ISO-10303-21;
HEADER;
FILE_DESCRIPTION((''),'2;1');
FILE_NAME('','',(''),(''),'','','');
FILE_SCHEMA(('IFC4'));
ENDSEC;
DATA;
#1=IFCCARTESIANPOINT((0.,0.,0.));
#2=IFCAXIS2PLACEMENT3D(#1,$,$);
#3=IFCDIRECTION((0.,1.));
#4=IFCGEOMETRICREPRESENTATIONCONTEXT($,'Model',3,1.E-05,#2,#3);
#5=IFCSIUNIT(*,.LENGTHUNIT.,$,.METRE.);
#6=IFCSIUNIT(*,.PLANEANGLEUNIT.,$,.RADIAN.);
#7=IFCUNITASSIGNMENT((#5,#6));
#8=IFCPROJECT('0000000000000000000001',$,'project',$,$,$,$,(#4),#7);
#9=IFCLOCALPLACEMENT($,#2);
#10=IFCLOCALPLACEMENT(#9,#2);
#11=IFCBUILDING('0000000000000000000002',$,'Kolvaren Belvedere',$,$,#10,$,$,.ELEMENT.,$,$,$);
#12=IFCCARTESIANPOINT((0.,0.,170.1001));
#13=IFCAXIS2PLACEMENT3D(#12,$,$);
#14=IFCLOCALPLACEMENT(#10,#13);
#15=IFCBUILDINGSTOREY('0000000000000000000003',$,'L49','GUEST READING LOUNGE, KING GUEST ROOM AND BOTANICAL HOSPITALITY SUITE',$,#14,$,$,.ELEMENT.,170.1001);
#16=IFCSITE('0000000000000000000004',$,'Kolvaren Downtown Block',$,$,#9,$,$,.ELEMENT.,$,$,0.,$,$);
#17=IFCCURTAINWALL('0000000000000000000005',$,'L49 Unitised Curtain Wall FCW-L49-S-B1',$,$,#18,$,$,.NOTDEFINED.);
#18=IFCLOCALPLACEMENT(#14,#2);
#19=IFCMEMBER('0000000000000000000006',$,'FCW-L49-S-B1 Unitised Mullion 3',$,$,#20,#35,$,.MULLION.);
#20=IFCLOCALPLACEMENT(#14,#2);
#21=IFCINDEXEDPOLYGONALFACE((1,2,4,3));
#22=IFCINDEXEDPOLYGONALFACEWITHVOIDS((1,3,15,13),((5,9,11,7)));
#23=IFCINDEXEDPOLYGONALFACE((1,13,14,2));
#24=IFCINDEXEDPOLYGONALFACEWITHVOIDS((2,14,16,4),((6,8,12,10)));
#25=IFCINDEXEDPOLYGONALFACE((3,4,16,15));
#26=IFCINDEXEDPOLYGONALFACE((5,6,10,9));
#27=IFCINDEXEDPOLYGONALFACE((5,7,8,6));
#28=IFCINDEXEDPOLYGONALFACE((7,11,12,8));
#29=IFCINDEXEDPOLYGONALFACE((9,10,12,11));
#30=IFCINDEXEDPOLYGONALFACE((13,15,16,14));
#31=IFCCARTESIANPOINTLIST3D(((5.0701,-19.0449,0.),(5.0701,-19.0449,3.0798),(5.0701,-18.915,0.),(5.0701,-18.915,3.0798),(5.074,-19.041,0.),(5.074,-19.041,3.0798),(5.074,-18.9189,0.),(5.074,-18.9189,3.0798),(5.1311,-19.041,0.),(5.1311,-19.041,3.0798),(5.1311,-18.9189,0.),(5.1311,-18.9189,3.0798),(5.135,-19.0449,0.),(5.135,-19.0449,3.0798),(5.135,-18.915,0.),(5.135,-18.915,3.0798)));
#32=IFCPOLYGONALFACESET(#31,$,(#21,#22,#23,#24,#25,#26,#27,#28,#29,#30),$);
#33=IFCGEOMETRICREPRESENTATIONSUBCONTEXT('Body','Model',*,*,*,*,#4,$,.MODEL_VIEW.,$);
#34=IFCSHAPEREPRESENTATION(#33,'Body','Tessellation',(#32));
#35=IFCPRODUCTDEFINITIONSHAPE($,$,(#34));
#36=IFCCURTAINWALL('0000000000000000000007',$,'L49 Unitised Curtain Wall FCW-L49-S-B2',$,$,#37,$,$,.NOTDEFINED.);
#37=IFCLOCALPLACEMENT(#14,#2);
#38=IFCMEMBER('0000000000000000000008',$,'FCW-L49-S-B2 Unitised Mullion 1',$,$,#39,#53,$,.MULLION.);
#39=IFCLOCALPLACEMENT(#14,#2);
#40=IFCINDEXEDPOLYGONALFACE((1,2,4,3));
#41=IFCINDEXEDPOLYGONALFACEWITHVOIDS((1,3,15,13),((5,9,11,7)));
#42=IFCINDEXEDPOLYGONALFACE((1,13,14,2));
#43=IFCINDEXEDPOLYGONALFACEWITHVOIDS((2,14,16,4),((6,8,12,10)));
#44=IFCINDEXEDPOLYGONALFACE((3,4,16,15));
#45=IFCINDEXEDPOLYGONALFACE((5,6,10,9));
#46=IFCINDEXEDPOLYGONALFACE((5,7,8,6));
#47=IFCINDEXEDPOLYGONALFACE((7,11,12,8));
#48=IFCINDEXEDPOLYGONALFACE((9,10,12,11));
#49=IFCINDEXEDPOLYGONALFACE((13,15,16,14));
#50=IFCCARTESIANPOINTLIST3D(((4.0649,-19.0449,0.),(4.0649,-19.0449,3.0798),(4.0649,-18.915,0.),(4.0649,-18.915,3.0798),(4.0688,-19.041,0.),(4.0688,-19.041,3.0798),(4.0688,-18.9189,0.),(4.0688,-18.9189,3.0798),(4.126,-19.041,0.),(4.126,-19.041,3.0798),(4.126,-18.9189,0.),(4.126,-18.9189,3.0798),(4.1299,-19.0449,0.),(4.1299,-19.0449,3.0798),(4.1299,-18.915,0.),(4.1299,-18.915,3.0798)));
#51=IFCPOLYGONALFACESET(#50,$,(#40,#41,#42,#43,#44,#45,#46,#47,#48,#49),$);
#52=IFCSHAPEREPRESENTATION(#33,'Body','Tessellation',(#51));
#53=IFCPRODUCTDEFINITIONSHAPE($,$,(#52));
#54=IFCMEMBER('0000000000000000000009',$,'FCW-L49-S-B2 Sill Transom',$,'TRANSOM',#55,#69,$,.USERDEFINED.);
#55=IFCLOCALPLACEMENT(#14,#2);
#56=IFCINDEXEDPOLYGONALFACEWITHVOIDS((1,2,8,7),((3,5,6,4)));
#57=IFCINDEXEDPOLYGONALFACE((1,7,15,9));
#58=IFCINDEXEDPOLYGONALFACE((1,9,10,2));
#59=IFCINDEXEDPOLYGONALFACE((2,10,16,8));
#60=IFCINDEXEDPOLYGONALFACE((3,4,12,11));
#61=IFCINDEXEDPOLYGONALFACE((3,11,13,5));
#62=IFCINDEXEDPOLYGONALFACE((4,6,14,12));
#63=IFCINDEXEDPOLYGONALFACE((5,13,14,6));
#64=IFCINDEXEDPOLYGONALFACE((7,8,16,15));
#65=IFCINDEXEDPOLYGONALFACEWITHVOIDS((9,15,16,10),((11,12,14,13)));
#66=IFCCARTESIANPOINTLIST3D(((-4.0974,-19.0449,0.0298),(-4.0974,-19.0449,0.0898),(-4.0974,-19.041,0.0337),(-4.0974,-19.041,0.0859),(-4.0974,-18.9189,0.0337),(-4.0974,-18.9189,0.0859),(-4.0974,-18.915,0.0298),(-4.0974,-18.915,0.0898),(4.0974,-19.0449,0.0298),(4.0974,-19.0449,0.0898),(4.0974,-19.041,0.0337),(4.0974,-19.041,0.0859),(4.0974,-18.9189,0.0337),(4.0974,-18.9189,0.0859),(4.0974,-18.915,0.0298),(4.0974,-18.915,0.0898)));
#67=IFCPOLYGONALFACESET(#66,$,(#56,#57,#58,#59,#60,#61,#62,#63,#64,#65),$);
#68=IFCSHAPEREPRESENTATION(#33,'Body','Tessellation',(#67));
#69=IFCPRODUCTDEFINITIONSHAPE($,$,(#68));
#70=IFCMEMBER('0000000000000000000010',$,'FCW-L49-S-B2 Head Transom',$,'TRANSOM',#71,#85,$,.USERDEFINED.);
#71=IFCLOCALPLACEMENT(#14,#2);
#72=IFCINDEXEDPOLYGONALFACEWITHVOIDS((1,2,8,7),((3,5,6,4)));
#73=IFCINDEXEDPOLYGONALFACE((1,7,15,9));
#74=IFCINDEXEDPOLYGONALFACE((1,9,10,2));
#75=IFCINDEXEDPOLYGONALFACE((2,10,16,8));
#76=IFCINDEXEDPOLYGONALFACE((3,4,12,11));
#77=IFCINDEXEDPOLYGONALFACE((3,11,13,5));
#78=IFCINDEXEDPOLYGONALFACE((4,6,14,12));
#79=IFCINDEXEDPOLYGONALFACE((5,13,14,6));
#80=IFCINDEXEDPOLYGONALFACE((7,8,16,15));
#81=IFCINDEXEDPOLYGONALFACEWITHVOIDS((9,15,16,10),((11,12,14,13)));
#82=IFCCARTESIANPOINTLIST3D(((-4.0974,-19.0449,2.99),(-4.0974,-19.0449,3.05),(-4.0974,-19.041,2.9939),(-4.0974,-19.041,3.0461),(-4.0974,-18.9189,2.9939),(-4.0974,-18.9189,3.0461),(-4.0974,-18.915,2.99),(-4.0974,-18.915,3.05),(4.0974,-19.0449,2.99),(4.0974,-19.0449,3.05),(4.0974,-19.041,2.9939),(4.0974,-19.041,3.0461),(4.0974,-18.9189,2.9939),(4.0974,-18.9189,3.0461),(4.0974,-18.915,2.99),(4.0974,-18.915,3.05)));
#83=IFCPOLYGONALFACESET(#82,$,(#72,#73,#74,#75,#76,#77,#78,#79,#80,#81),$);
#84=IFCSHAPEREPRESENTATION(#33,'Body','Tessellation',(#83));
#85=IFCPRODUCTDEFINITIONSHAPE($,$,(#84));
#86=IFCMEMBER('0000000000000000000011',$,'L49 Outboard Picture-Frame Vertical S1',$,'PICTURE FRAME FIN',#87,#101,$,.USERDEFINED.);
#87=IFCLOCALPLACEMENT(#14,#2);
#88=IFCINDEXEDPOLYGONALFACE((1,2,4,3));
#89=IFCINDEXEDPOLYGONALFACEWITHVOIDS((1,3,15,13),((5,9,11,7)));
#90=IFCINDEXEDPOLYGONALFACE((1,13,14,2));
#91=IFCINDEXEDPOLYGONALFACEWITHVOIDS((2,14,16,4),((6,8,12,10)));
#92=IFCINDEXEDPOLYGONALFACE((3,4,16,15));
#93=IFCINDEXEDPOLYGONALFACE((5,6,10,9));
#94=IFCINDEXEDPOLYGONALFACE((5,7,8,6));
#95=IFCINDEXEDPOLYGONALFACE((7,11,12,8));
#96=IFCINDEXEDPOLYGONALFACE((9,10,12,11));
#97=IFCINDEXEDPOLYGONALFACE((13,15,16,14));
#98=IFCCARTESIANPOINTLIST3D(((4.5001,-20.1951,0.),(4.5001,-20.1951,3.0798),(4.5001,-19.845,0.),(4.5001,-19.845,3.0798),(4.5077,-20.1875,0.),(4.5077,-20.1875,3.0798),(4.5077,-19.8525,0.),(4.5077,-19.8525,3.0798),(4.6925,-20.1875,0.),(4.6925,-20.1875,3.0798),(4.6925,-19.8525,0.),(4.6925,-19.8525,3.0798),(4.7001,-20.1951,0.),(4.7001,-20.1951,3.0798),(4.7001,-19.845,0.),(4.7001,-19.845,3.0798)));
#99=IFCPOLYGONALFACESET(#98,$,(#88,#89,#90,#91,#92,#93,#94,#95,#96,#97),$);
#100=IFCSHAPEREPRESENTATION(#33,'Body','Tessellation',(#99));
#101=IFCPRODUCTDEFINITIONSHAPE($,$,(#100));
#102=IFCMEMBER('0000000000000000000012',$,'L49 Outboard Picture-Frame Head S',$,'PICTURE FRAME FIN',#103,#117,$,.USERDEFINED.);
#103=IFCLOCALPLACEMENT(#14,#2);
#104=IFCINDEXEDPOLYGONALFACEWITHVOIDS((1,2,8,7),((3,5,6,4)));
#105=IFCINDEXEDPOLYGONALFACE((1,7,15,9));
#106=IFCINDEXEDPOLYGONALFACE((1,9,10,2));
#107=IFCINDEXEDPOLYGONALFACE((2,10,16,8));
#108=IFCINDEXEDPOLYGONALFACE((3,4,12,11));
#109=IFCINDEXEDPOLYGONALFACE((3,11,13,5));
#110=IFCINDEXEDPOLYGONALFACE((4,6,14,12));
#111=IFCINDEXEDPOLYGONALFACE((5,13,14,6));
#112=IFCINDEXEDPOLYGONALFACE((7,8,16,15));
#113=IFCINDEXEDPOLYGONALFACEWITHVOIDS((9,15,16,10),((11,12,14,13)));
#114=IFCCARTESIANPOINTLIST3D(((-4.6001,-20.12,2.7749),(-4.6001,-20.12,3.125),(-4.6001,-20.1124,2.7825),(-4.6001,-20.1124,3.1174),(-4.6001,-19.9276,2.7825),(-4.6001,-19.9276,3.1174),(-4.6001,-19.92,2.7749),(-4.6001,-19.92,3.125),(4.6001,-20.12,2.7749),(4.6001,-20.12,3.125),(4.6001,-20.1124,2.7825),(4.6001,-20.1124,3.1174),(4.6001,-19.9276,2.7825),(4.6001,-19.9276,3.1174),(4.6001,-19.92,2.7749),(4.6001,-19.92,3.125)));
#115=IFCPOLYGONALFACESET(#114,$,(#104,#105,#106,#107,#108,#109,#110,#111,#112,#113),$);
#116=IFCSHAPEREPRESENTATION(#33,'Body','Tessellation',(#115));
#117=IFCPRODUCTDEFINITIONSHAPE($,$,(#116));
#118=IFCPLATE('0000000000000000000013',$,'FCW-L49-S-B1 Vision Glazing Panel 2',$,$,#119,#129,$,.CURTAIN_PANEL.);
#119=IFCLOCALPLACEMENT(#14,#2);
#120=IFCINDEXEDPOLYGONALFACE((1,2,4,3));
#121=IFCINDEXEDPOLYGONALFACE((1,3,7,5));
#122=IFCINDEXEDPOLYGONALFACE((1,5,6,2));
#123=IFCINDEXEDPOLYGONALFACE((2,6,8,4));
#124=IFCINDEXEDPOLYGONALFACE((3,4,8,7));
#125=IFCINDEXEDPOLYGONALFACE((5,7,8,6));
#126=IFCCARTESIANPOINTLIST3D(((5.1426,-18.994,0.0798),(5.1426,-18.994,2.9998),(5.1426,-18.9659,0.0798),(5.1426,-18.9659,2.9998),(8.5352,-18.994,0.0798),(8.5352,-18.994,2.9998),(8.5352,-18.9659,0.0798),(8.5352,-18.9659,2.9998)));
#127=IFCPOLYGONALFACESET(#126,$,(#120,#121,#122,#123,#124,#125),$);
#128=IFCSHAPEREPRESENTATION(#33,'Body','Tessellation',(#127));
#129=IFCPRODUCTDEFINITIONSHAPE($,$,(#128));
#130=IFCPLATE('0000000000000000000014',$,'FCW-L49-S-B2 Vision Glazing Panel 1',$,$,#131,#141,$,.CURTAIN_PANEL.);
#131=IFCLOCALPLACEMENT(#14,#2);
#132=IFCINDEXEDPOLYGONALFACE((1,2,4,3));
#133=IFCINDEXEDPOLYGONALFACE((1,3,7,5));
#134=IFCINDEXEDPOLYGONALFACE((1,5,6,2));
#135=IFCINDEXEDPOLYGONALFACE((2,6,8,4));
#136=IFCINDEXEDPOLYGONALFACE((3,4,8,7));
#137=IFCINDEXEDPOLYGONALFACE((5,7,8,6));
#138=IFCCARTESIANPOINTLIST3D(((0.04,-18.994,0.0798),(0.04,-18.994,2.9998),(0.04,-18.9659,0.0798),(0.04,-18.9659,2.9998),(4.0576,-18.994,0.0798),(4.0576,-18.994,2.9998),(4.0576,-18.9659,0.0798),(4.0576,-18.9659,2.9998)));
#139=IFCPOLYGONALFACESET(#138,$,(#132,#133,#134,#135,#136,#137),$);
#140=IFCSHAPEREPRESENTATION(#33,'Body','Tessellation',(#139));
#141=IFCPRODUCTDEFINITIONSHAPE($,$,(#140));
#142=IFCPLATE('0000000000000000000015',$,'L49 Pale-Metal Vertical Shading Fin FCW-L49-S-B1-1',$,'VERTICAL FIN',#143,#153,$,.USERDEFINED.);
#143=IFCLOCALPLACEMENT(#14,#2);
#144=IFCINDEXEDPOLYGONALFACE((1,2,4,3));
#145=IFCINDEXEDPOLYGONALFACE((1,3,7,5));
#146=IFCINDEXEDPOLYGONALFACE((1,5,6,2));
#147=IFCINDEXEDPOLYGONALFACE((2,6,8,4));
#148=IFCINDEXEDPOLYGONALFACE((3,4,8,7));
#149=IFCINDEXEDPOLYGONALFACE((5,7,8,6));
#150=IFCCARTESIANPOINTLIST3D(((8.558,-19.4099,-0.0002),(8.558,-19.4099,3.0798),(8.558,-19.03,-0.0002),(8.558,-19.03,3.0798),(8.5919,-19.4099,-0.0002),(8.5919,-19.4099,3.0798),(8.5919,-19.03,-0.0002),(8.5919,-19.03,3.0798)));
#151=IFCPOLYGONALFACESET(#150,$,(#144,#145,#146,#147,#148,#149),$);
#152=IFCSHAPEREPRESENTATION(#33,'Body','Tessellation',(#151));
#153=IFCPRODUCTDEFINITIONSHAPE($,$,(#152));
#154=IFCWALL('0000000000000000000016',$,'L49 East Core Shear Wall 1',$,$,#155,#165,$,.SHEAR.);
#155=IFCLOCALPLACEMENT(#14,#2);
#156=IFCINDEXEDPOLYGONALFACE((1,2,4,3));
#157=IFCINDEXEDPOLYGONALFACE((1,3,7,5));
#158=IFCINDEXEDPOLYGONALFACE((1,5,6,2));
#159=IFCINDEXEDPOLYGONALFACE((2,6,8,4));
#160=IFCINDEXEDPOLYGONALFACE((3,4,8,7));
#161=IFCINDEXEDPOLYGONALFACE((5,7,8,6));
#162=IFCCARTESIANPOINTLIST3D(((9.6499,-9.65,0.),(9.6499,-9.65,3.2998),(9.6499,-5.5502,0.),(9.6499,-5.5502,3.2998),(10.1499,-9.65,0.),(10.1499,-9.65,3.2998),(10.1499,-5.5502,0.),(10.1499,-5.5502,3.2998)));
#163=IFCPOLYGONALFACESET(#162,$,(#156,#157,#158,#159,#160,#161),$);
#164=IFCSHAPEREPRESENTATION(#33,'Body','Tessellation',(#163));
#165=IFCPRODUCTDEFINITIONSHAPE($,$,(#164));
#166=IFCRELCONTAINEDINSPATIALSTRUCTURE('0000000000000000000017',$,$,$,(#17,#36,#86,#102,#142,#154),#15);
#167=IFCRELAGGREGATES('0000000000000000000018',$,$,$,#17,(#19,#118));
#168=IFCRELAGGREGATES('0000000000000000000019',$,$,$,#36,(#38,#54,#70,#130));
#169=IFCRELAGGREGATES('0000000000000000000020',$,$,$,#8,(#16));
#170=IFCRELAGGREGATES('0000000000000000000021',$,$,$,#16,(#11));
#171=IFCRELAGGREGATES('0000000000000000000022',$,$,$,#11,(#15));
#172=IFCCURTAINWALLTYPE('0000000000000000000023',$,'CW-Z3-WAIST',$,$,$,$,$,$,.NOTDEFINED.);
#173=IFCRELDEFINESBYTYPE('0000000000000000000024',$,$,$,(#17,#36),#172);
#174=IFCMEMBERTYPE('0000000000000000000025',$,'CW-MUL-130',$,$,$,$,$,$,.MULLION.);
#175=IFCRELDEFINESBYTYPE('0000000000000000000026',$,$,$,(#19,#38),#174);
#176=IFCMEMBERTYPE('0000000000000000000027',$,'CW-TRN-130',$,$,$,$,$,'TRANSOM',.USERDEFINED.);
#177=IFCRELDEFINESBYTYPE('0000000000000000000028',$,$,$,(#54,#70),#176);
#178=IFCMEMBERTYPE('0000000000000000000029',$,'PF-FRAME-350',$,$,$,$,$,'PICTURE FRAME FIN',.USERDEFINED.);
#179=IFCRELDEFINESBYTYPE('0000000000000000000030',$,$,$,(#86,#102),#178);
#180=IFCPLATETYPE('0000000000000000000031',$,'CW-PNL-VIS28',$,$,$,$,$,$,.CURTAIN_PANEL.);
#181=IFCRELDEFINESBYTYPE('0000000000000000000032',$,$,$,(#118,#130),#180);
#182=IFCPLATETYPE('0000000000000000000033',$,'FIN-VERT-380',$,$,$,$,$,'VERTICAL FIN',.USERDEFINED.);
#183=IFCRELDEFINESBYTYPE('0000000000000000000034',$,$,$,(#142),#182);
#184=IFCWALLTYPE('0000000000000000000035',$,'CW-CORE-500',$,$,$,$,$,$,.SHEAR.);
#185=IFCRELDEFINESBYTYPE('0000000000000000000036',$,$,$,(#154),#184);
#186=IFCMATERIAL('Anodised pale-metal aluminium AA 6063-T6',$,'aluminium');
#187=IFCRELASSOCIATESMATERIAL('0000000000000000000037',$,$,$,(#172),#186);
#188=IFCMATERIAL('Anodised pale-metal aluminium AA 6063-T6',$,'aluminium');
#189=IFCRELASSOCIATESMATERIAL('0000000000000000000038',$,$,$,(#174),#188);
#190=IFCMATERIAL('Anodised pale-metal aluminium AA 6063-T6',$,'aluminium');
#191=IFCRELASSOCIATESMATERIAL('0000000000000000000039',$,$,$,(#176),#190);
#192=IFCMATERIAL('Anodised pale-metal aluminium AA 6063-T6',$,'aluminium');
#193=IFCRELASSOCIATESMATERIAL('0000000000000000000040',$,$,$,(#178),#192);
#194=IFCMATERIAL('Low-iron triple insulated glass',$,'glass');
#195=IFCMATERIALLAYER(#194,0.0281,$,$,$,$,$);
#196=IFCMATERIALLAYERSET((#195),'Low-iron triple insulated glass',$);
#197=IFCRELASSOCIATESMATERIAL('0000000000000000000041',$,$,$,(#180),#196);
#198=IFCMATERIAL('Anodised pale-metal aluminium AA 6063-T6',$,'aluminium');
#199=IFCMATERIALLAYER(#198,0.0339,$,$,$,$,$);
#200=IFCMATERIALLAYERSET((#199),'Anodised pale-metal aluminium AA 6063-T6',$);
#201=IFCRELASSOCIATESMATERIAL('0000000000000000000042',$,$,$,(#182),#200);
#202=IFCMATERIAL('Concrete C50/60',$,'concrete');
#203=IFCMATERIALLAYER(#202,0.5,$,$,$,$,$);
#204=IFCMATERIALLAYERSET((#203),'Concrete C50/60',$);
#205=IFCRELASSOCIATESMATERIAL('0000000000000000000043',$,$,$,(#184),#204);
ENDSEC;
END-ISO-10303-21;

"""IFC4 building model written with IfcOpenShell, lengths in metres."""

from ifc_helpers import new_model, si_unit, direction, frame, frame_2d, origin, origin_2d, place, context, subcontext, project, spatial, rectangle, hollow_rectangle, extrude, material, layer, layer_set, material_profile, profile_set, type_object, element, aggregate, save


model = new_model("IFC4")

# Units and contexts
model_context = context("Model", 3, precision=1e-05, world=origin(), true_north=direction((0.0, 1.0)))
body_context = subcontext(model_context, "Body", "Model", "MODEL_VIEW")
ifc_project = project(units=[si_unit("LENGTHUNIT", "METRE"), si_unit("PLANEANGLEUNIT", "RADIAN")], contexts=[model_context])

# Site, building, storey
site_placement = place(None, origin())
site = spatial("IfcSite", under=ifc_project, at=site_placement, Name="Kolvaren Downtown Block", CompositionType="ELEMENT", RefElevation=0.0)
building_placement = place(site_placement, origin())
building = spatial("IfcBuilding", under=site, at=building_placement, Name="Kolvaren Belvedere", CompositionType="ELEMENT")
storey_placement = place(building_placement, frame((0.0, 0.0, 170.1001)))
storey = spatial("IfcBuildingStorey", under=building, at=storey_placement, Name="L49", Description="GUEST READING LOUNGE, KING GUEST ROOM AND BOTANICAL HOSPITALITY SUITE", CompositionType="ELEMENT", Elevation=170.1001)

# Curtain walls, members
ifc_material_1 = material(Name="Anodised pale-metal aluminium AA 6063-T6", Category="aluminium")
curtain_wall_type = type_object("IfcCurtainWallType", Name="CW-Z3-WAIST", PredefinedType="NOTDEFINED", material=ifc_material_1)
curtain_wall_1_placement = place(storey_placement, origin())
curtain_wall_1 = element("IfcCurtainWall", 1, at=curtain_wall_1_placement, inside=storey, type_object=curtain_wall_type, Name="L49 Unitised Curtain Wall FCW-L49-S-B1", PredefinedType="NOTDEFINED")
ifc_material_2 = material(Name="Anodised pale-metal aluminium AA 6063-T6", Category="aluminium")
ifc_material_profile_1 = material_profile(ifc_material_2, hollow_rectangle(XDim=0.0649, YDim=0.1299, WallThickness=0.0039, at=origin_2d()), Name="ALU-MUL-130X65")
ifc_profile_set_1 = profile_set([ifc_material_profile_1], Name="Anodised pale-metal aluminium AA 6063-T6")
member_type_1 = type_object("IfcMemberType", Name="CW-MUL-130", PredefinedType="MULLION", material=ifc_profile_set_1)
member_1_placement = place(storey_placement, frame((5.1025, -18.98, 0.0), z_axis=(0.0, 0.0, 1.0), x_axis=(1.0, 0.0, 0.0)))
member_1 = element("IfcMember", 2, at=member_1_placement, type_object=member_type_1, Name="FCW-L49-S-B1 Unitised Mullion 3", PredefinedType="MULLION", context=body_context, shape_type="SweptSolid", body=[
    extrude(hollow_rectangle(XDim=0.0649, YDim=0.1299, WallThickness=0.0039, at=origin_2d()), origin(), (0.0, 0.0, 1.0), 3.0798),
])
curtain_wall_2_placement = place(storey_placement, origin())
curtain_wall_2 = element("IfcCurtainWall", 3, at=curtain_wall_2_placement, inside=storey, type_object=curtain_wall_type, Name="L49 Unitised Curtain Wall FCW-L49-S-B2", PredefinedType="NOTDEFINED")
member_2_placement = place(storey_placement, frame((4.0974, -18.98, 0.0), z_axis=(0.0, 0.0, 1.0), x_axis=(1.0, 0.0, 0.0)))
member_2 = element("IfcMember", 4, at=member_2_placement, type_object=member_type_1, Name="FCW-L49-S-B2 Unitised Mullion 1", PredefinedType="MULLION", context=body_context, shape_type="SweptSolid", body=[
    extrude(hollow_rectangle(XDim=0.0649, YDim=0.1299, WallThickness=0.0039, at=origin_2d()), origin(), (0.0, 0.0, 1.0), 3.0798),
])
ifc_material_3 = material(Name="Anodised pale-metal aluminium AA 6063-T6", Category="aluminium")
ifc_material_profile_2 = material_profile(ifc_material_3, hollow_rectangle(XDim=0.0601, YDim=0.1299, WallThickness=0.0039, at=origin_2d()), Name="ALU-TRN-130X60")
ifc_profile_set_2 = profile_set([ifc_material_profile_2], Name="Anodised pale-metal aluminium AA 6063-T6")
member_type_2 = type_object("IfcMemberType", Name="CW-TRN-130", ElementType="TRANSOM", PredefinedType="USERDEFINED", material=ifc_profile_set_2)
member_3_placement = place(storey_placement, frame((4.0974, -18.98, 0.0598), z_axis=(-1.0, 0.0, 0.0), x_axis=(0.0, 0.0, 1.0)))
member_3 = element("IfcMember", 5, at=member_3_placement, type_object=member_type_2, Name="FCW-L49-S-B2 Sill Transom", ObjectType="TRANSOM", PredefinedType="USERDEFINED", context=body_context, shape_type="SweptSolid", body=[
    extrude(hollow_rectangle(XDim=0.0601, YDim=0.1299, WallThickness=0.0039, at=origin_2d()), origin(), (0.0, 0.0, 1.0), 8.1948),
])
member_4_placement = place(storey_placement, frame((4.0974, -18.98, 3.02), z_axis=(-1.0, 0.0, 0.0), x_axis=(0.0, 0.0, 1.0)))
member_4 = element("IfcMember", 6, at=member_4_placement, type_object=member_type_2, Name="FCW-L49-S-B2 Head Transom", ObjectType="TRANSOM", PredefinedType="USERDEFINED", context=body_context, shape_type="SweptSolid", body=[
    extrude(hollow_rectangle(XDim=0.0601, YDim=0.1299, WallThickness=0.0039, at=origin_2d()), origin(), (0.0, 0.0, 1.0), 8.1948),
])

# Members
ifc_material_4 = material(Name="Anodised pale-metal aluminium AA 6063-T6", Category="aluminium")
ifc_material_profile_3 = material_profile(ifc_material_4, hollow_rectangle(XDim=0.2, YDim=0.3501, WallThickness=0.0076, at=origin_2d()), Name="ALU-PF-350X200")
ifc_profile_set_3 = profile_set([ifc_material_profile_3], Name="Anodised pale-metal aluminium AA 6063-T6")
member_type_3 = type_object("IfcMemberType", Name="PF-FRAME-350", ElementType="PICTURE FRAME FIN", PredefinedType="USERDEFINED", material=ifc_profile_set_3)
member_5_placement = place(storey_placement, frame((4.6001, -20.02, 0.0), z_axis=(0.0, 0.0, 1.0), x_axis=(1.0, 0.0, 0.0)))
element("IfcMember", 7, at=member_5_placement, inside=storey, type_object=member_type_3, Name="L49 Outboard Picture-Frame Vertical S1", ObjectType="PICTURE FRAME FIN", PredefinedType="USERDEFINED", context=body_context, shape_type="SweptSolid", body=[
    extrude(hollow_rectangle(XDim=0.2, YDim=0.3501, WallThickness=0.0076, at=origin_2d()), origin(), (0.0, 0.0, 1.0), 3.0798),
])
member_6_placement = place(storey_placement, frame((4.6001, -20.02, 2.95), z_axis=(-1.0, 0.0, 0.0), x_axis=(0.0, -1.0, 0.0)))
element("IfcMember", 8, at=member_6_placement, inside=storey, type_object=member_type_3, Name="L49 Outboard Picture-Frame Head S", ObjectType="PICTURE FRAME FIN", PredefinedType="USERDEFINED", context=body_context, shape_type="SweptSolid", body=[
    extrude(hollow_rectangle(XDim=0.2, YDim=0.3501, WallThickness=0.0076, at=origin_2d()), origin(), (0.0, 0.0, 1.0), 9.2002),
])

# Plates
ifc_material_5 = material(Name="Low-iron triple insulated glass", Category="glass")
ifc_layer_1 = layer(ifc_material_5, 0.0281)
ifc_layer_set_1 = layer_set([ifc_layer_1], Name="Low-iron triple insulated glass")
plate_type_1 = type_object("IfcPlateType", Name="CW-PNL-VIS28", PredefinedType="CURTAIN_PANEL", material=ifc_layer_set_1)
plate_1_placement = place(storey_placement, frame((6.8389, -18.98, 0.0798), z_axis=(0.0, 0.0, 1.0), x_axis=(-1.0, 0.0, 0.0)))
plate_1 = element("IfcPlate", 9, at=plate_1_placement, type_object=plate_type_1, Name="FCW-L49-S-B1 Vision Glazing Panel 2", PredefinedType="CURTAIN_PANEL", context=body_context, shape_type="SweptSolid", body=[
    extrude(rectangle(XDim=3.3926, YDim=0.0281, at=origin_2d()), origin(), (0.0, 0.0, 1.0), 2.9199),
])
aggregate(curtain_wall_1, [member_1, plate_1])
plate_2_placement = place(storey_placement, frame((2.0488, -18.98, 0.0798), z_axis=(0.0, 0.0, 1.0), x_axis=(-1.0, 0.0, 0.0)))
plate_2 = element("IfcPlate", 10, at=plate_2_placement, type_object=plate_type_1, Name="FCW-L49-S-B2 Vision Glazing Panel 1", PredefinedType="CURTAIN_PANEL", context=body_context, shape_type="SweptSolid", body=[
    extrude(rectangle(XDim=4.0176, YDim=0.0281, at=origin_2d()), origin(), (0.0, 0.0, 1.0), 2.9199),
])
aggregate(curtain_wall_2, [member_2, member_3, member_4, plate_2])
ifc_material_6 = material(Name="Anodised pale-metal aluminium AA 6063-T6", Category="aluminium")
ifc_layer_2 = layer(ifc_material_6, 0.0339)
ifc_layer_set_2 = layer_set([ifc_layer_2], Name="Anodised pale-metal aluminium AA 6063-T6")
plate_type_2 = type_object("IfcPlateType", Name="FIN-VERT-380", ElementType="VERTICAL FIN", PredefinedType="USERDEFINED", material=ifc_layer_set_2)
plate_3_placement = place(storey_placement, frame((8.575, -19.22, -0.0002), z_axis=(0.0, 0.0, 1.0), x_axis=(0.0, 1.0, 0.0)))
element("IfcPlate", 11, at=plate_3_placement, inside=storey, type_object=plate_type_2, Name="L49 Pale-Metal Vertical Shading Fin FCW-L49-S-B1-1", ObjectType="VERTICAL FIN", PredefinedType="USERDEFINED", context=body_context, shape_type="SweptSolid", body=[
    extrude(rectangle(XDim=0.3799, YDim=0.0339, at=origin_2d()), origin(), (0.0, 0.0, 1.0), 3.0801),
])

# Wall
ifc_material_7 = material(Name="Concrete C50/60", Category="concrete")
ifc_layer_3 = layer(ifc_material_7, 0.5)
ifc_layer_set_3 = layer_set([ifc_layer_3], Name="Concrete C50/60")
wall_type_1 = type_object("IfcWallType", Name="CW-CORE-500", PredefinedType="SHEAR", material=ifc_layer_set_3)
wall_1_placement = place(storey_placement, frame((9.8999, -9.6499, 0.0), z_axis=(0.0, 0.0, 1.0), x_axis=(0.0, 1.0, 0.0)))
element("IfcWall", 12, at=wall_1_placement, inside=storey, type_object=wall_type_1, Name="L49 East Core Shear Wall 1", PredefinedType="SHEAR", context=body_context, shape_type="SweptSolid", body=[
    extrude(rectangle(XDim=4.0999, YDim=0.5, at=frame_2d((2.0498, 0.0))), origin(), (0.0, 0.0, 1.0), 3.2998),
])

save(model, "model.ifc")
